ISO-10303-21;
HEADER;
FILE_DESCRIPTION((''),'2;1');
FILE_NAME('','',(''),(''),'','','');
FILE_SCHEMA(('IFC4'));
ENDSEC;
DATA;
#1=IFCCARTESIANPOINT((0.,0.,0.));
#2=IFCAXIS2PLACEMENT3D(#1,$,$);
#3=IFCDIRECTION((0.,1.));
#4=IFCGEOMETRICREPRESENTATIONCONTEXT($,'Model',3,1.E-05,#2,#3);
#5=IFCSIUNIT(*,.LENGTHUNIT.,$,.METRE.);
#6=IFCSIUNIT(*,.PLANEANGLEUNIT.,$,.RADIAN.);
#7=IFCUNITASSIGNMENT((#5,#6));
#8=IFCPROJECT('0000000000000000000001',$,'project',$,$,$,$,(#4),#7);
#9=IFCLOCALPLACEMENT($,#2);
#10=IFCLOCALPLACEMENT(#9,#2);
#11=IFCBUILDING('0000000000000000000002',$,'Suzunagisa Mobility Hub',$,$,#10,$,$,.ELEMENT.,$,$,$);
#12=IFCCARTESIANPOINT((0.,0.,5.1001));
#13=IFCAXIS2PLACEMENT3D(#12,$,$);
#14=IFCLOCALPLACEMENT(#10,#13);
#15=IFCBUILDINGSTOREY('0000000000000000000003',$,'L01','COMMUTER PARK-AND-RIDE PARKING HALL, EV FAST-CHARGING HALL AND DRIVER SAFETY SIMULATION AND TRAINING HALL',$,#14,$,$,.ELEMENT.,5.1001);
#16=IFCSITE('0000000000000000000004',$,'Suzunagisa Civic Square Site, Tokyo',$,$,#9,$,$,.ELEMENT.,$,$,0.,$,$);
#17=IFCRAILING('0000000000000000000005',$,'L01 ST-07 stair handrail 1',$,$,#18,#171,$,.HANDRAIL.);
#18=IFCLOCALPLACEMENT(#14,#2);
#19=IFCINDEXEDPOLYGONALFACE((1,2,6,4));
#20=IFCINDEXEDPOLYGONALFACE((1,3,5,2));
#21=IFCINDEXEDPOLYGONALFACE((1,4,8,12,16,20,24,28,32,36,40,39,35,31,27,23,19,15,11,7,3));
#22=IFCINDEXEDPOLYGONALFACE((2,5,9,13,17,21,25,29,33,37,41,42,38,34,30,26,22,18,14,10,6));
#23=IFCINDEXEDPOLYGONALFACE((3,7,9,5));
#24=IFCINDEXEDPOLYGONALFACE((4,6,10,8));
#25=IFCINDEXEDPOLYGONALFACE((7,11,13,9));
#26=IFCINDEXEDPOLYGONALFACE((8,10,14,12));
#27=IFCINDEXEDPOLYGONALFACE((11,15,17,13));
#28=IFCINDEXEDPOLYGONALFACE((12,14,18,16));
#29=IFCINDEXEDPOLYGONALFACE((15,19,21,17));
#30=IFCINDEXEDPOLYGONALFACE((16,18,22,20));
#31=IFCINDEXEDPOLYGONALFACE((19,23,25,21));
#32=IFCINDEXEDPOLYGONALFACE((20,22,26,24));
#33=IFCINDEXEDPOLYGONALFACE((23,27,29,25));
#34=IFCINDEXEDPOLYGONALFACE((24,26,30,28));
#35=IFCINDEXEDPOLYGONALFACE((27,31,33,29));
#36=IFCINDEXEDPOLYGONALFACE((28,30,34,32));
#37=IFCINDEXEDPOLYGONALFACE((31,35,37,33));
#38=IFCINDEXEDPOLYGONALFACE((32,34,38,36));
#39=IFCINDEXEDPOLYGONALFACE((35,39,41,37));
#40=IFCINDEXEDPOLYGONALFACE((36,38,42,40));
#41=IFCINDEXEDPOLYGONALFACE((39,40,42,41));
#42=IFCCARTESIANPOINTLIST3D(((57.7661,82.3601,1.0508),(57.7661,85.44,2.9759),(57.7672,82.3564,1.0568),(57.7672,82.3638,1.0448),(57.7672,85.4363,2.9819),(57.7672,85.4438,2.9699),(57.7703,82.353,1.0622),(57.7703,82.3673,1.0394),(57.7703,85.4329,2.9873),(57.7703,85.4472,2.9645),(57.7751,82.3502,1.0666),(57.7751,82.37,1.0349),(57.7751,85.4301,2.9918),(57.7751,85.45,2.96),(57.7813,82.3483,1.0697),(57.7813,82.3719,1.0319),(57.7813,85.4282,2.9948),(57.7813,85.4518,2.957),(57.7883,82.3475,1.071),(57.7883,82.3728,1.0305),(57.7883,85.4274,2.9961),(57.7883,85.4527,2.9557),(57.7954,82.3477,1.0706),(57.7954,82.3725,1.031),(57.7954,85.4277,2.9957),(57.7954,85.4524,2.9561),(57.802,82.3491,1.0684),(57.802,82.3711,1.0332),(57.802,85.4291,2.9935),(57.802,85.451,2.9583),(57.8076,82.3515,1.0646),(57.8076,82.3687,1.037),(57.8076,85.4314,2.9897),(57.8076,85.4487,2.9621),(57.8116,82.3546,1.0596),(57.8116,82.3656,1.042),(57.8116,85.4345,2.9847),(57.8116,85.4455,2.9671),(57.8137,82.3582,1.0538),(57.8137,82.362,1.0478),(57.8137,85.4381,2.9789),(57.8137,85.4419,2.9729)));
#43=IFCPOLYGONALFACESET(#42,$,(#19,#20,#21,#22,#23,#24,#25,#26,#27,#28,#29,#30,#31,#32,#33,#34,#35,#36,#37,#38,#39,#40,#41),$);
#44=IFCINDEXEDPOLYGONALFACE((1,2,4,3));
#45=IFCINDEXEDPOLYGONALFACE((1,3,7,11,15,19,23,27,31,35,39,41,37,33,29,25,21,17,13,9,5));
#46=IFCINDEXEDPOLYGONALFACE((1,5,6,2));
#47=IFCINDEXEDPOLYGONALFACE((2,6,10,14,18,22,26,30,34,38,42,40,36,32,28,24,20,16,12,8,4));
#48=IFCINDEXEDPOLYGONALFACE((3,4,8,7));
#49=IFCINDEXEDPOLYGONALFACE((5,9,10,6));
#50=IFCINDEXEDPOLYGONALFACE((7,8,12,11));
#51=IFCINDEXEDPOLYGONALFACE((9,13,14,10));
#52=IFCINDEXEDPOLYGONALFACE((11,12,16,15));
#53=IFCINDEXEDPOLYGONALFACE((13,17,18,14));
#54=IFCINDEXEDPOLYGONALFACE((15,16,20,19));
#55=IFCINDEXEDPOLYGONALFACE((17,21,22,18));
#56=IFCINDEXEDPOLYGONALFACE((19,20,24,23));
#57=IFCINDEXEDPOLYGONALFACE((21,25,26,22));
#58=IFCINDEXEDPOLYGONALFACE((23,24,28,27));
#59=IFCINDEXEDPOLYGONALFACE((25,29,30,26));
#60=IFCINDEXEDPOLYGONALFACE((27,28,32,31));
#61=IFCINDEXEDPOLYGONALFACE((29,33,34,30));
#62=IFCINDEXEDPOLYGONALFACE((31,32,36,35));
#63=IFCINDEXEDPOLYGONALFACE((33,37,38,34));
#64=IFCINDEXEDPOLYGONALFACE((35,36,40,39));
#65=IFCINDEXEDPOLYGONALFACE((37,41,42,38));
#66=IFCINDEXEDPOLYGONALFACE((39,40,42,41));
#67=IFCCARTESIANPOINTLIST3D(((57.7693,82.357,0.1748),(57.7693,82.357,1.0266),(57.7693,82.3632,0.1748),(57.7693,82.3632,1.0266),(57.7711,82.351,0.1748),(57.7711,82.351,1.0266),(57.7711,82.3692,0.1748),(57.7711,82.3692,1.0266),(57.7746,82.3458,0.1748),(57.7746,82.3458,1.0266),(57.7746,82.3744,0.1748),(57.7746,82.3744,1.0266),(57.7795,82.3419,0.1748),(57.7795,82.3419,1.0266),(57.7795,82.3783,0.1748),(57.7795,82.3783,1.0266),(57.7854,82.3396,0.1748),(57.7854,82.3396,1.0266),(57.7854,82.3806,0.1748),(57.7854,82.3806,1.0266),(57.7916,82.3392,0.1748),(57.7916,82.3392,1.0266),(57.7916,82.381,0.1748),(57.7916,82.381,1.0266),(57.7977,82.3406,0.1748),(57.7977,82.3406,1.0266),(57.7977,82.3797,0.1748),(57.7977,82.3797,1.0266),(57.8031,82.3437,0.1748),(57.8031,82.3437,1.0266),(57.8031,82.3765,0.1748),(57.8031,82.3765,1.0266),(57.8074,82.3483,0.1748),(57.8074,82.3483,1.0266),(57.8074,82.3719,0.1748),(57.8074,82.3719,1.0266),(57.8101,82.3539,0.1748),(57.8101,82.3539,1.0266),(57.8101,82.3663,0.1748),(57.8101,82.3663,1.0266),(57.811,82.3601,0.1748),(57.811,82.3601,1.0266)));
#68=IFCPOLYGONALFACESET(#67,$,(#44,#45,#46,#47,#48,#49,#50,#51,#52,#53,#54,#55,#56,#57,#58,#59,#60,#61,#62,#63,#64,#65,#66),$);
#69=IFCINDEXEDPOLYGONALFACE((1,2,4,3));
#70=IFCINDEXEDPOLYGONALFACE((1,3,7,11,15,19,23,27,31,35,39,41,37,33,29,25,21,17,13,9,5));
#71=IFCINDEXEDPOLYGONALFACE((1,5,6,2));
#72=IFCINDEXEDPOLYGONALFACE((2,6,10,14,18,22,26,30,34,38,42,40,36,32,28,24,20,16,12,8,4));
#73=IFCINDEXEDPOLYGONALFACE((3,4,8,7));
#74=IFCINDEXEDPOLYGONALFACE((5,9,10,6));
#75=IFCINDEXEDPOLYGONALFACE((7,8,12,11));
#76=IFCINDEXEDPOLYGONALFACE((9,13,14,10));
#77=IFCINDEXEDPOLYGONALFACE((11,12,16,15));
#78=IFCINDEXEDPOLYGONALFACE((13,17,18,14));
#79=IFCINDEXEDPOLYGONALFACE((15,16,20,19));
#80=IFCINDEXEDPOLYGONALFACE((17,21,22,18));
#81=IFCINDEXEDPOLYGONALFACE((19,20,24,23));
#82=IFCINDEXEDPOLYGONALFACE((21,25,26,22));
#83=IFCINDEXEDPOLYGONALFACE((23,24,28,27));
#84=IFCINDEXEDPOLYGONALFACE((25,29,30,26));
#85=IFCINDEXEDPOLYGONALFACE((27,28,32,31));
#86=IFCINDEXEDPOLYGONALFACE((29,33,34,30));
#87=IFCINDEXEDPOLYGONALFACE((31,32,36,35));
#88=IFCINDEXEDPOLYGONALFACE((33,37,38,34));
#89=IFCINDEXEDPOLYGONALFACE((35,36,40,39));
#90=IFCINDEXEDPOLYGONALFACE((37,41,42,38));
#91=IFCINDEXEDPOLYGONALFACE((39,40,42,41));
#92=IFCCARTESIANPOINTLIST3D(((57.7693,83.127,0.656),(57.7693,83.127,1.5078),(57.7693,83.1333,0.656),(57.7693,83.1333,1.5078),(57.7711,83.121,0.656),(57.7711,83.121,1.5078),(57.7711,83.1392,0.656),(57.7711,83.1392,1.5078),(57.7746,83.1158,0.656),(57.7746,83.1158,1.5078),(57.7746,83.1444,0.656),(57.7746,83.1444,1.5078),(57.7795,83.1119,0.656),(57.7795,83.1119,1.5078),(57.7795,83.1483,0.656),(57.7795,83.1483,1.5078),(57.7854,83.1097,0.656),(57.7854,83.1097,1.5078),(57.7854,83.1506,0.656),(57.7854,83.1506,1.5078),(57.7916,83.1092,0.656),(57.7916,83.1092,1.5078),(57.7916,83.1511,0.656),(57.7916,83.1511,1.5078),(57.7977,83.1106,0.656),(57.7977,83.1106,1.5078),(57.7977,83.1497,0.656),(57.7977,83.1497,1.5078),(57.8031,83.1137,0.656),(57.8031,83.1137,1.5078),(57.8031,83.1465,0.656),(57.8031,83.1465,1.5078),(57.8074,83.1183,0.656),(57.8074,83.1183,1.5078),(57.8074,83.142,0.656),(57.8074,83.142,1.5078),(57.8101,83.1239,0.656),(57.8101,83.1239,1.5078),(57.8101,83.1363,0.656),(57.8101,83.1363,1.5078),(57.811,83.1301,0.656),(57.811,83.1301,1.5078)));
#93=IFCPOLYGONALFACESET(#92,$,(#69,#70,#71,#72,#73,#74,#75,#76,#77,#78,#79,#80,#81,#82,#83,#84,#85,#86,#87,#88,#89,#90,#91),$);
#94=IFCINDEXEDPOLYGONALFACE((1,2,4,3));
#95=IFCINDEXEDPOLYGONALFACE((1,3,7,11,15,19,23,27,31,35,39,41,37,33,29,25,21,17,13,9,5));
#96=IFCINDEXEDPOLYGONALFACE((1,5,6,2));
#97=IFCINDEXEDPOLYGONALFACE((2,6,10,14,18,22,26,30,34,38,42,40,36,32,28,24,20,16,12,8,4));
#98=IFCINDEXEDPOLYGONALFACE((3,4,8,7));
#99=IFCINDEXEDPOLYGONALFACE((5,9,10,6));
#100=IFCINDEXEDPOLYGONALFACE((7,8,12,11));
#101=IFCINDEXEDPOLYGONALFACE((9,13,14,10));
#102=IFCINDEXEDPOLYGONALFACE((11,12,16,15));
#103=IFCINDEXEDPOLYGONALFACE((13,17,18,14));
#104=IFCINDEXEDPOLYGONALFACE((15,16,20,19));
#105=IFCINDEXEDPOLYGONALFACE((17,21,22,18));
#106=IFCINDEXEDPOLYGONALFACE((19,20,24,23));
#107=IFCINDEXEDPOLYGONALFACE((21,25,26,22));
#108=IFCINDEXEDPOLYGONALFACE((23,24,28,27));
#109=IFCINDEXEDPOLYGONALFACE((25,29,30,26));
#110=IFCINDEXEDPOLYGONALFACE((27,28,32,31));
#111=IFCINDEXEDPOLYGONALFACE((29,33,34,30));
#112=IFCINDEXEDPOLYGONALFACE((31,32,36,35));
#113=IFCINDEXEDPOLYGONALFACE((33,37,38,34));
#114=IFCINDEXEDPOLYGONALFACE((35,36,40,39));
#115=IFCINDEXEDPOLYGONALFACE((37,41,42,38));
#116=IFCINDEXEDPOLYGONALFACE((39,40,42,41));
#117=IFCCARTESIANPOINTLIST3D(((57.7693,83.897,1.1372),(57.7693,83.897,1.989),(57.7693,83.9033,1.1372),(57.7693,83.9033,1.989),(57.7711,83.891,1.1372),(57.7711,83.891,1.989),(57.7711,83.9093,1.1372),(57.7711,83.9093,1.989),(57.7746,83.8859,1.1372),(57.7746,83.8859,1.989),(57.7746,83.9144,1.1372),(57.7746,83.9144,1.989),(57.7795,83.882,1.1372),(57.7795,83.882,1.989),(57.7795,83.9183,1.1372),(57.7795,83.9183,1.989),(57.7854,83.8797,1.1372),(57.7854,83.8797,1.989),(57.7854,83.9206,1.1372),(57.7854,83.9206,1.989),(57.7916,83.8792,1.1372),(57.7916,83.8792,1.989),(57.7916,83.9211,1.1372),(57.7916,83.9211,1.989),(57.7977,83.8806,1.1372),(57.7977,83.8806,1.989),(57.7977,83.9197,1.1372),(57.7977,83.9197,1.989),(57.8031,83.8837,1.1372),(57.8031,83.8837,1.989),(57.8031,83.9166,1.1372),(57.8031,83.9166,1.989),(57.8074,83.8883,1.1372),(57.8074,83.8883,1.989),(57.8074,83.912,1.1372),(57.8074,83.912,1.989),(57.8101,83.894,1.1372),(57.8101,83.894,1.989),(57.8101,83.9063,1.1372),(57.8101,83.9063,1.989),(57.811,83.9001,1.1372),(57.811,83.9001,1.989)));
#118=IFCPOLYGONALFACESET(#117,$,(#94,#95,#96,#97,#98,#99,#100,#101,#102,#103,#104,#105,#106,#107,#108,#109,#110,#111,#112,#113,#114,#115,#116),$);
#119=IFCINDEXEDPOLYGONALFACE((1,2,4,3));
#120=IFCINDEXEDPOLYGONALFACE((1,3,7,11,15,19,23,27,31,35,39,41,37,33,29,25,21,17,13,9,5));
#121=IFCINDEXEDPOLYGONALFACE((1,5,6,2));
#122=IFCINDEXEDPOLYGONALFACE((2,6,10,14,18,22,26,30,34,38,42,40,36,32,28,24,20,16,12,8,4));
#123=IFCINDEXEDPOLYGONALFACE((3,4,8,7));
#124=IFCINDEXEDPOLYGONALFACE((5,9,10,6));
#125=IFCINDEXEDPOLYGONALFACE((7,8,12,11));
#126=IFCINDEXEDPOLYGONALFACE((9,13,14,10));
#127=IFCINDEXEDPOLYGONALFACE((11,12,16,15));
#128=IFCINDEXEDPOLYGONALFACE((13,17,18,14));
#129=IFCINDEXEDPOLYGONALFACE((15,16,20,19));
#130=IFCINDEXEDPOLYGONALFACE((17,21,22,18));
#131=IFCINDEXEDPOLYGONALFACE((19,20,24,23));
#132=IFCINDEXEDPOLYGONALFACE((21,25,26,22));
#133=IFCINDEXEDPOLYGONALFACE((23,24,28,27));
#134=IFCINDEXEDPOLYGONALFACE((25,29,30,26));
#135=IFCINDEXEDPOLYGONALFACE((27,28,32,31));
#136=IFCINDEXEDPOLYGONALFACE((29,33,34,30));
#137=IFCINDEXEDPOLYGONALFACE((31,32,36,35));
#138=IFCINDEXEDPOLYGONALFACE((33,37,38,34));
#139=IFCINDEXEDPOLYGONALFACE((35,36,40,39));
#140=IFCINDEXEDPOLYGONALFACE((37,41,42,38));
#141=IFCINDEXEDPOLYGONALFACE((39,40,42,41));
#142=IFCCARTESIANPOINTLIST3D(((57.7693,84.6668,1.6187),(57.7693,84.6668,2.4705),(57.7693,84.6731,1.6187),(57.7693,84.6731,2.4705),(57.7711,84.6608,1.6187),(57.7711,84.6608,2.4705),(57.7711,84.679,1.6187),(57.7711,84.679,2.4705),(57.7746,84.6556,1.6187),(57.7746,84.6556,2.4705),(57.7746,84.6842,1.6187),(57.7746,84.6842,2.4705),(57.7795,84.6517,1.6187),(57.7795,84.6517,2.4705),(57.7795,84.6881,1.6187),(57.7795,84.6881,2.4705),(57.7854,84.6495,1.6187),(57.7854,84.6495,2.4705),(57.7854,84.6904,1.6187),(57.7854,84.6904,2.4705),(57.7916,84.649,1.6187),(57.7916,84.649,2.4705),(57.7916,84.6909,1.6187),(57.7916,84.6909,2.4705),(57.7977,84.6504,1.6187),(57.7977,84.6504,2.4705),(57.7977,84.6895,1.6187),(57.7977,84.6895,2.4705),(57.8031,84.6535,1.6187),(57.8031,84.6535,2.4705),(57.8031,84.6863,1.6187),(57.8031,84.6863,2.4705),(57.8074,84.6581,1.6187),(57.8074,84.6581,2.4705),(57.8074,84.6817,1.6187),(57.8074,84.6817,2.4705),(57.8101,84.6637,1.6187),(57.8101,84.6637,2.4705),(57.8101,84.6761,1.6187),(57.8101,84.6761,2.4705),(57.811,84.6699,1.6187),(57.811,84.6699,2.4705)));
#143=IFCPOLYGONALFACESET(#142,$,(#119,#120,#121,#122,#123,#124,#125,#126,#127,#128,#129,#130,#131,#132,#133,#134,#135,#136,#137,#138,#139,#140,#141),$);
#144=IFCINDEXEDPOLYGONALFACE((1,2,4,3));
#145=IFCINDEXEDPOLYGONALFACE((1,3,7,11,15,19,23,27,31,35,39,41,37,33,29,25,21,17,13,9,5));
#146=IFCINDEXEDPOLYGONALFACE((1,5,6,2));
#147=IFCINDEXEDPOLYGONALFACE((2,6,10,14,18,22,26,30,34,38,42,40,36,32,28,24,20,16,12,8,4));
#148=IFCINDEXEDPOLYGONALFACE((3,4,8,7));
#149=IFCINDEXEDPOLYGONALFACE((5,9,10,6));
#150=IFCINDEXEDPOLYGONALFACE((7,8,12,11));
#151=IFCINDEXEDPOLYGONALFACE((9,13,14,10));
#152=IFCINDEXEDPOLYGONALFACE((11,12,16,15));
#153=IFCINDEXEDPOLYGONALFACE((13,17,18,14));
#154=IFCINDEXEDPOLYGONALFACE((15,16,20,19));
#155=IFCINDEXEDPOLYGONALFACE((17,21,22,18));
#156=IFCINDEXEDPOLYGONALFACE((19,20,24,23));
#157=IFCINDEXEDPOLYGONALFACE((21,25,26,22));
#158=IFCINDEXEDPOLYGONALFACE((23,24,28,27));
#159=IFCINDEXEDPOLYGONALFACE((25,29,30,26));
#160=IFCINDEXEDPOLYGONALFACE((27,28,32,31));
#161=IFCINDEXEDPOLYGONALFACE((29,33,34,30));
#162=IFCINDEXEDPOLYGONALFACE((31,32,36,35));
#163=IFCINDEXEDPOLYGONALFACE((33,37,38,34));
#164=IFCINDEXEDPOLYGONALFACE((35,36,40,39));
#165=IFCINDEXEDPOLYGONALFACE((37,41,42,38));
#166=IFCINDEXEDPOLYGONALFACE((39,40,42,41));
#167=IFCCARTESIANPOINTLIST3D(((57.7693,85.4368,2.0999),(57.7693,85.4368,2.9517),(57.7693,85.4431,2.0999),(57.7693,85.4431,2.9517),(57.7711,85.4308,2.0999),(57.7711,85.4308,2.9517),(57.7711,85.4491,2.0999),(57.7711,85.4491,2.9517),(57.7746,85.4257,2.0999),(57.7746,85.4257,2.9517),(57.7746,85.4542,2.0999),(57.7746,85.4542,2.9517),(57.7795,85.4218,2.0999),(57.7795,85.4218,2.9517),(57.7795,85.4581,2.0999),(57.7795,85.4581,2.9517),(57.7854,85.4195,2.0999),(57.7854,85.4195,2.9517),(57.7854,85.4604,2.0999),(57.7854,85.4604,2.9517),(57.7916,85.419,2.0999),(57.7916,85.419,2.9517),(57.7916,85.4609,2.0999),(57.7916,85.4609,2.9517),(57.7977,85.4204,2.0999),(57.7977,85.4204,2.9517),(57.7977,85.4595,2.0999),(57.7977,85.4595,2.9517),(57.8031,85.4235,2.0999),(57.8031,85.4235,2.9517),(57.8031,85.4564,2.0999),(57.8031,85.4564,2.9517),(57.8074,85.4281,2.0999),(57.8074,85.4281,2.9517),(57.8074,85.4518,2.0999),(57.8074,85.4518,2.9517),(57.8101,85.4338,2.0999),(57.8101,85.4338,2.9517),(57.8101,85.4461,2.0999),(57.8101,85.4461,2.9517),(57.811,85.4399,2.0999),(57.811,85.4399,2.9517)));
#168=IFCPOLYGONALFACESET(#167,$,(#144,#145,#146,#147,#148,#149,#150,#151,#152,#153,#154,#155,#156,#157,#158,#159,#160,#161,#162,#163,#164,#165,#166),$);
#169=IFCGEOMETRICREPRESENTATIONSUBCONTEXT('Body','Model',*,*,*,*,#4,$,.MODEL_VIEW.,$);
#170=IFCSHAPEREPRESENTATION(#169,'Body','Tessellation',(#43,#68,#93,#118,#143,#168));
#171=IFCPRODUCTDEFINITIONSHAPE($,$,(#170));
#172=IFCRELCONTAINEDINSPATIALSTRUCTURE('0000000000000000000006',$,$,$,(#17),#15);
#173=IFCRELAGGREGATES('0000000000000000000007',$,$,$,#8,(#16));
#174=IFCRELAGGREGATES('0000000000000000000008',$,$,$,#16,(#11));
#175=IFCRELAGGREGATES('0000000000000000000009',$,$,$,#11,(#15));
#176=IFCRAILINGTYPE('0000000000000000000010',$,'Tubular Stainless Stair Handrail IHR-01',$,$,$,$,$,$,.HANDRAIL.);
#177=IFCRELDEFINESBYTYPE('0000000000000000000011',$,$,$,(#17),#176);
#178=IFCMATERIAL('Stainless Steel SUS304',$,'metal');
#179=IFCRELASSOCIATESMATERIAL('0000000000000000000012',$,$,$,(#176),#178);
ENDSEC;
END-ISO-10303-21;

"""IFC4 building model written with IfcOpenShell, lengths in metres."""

from ifc_helpers import new_model, si_unit, direction, frame, origin, origin_2d, place, context, subcontext, project, spatial, circle, extrude, material, type_object, element, save


model = new_model("IFC4")

# Units and contexts
model_context = context("Model", 3, precision=1e-05, world=origin(), true_north=direction((0.0, 1.0)))
body_context = subcontext(model_context, "Body", "Model", "MODEL_VIEW")
ifc_project = project(units=[si_unit("LENGTHUNIT", "METRE"), si_unit("PLANEANGLEUNIT", "RADIAN")], contexts=[model_context])

# Site, building, storey
site_placement = place(None, origin())
site = spatial("IfcSite", under=ifc_project, at=site_placement, Name="Suzunagisa Civic Square Site, Tokyo", CompositionType="ELEMENT", RefElevation=0.0)
building_placement = place(site_placement, origin())
building = spatial("IfcBuilding", under=site, at=building_placement, Name="Suzunagisa Mobility Hub", CompositionType="ELEMENT")
storey_placement = place(building_placement, frame((0.0, 0.0, 5.1001)))
storey = spatial("IfcBuildingStorey", under=building, at=storey_placement, Name="L01", Description="COMMUTER PARK-AND-RIDE PARKING HALL, EV FAST-CHARGING HALL AND DRIVER SAFETY SIMULATION AND TRAINING HALL", CompositionType="ELEMENT", Elevation=5.1001)

# Railing
ifc_material_1 = material(Name="Stainless Steel SUS304", Category="metal")
railing_type_1 = type_object("IfcRailingType", Name="Tubular Stainless Stair Handrail IHR-01", PredefinedType="HANDRAIL", material=ifc_material_1)
railing_1_placement = place(storey_placement, frame((57.79, 82.3601, 0.1748)))
element("IfcRailing", 1, at=railing_1_placement, inside=storey, type_object=railing_type_1, Name="L01 ST-07 stair handrail 1", PredefinedType="HANDRAIL", context=body_context, shape_type="SweptSolid", body=[
    extrude(circle(Radius=0.0239, at=origin_2d()), frame((0.0, 0.0, 0.876), z_axis=(0.0, 0.847979, 0.530029), x_axis=(-1.0, 0.0, 0.0)), (0.0, 0.0, 1.0), 3.6321),
    extrude(circle(Radius=0.021, at=origin_2d()), origin(), (0.0, 0.0, 1.0), 0.8518),
    extrude(circle(Radius=0.021, at=origin_2d()), frame((0.0, 0.77, 0.4812)), (0.0, 0.0, 1.0), 0.8518),
    extrude(circle(Radius=0.021, at=origin_2d()), frame((0.0, 1.54, 0.9624)), (0.0, 0.0, 1.0), 0.8518),
    extrude(circle(Radius=0.021, at=origin_2d()), frame((0.0, 2.3098, 1.4438)), (0.0, 0.0, 1.0), 0.8518),
    extrude(circle(Radius=0.021, at=origin_2d()), frame((0.0, 3.0798, 1.925)), (0.0, 0.0, 1.0), 0.8518),
])

save(model, "model.ifc")
